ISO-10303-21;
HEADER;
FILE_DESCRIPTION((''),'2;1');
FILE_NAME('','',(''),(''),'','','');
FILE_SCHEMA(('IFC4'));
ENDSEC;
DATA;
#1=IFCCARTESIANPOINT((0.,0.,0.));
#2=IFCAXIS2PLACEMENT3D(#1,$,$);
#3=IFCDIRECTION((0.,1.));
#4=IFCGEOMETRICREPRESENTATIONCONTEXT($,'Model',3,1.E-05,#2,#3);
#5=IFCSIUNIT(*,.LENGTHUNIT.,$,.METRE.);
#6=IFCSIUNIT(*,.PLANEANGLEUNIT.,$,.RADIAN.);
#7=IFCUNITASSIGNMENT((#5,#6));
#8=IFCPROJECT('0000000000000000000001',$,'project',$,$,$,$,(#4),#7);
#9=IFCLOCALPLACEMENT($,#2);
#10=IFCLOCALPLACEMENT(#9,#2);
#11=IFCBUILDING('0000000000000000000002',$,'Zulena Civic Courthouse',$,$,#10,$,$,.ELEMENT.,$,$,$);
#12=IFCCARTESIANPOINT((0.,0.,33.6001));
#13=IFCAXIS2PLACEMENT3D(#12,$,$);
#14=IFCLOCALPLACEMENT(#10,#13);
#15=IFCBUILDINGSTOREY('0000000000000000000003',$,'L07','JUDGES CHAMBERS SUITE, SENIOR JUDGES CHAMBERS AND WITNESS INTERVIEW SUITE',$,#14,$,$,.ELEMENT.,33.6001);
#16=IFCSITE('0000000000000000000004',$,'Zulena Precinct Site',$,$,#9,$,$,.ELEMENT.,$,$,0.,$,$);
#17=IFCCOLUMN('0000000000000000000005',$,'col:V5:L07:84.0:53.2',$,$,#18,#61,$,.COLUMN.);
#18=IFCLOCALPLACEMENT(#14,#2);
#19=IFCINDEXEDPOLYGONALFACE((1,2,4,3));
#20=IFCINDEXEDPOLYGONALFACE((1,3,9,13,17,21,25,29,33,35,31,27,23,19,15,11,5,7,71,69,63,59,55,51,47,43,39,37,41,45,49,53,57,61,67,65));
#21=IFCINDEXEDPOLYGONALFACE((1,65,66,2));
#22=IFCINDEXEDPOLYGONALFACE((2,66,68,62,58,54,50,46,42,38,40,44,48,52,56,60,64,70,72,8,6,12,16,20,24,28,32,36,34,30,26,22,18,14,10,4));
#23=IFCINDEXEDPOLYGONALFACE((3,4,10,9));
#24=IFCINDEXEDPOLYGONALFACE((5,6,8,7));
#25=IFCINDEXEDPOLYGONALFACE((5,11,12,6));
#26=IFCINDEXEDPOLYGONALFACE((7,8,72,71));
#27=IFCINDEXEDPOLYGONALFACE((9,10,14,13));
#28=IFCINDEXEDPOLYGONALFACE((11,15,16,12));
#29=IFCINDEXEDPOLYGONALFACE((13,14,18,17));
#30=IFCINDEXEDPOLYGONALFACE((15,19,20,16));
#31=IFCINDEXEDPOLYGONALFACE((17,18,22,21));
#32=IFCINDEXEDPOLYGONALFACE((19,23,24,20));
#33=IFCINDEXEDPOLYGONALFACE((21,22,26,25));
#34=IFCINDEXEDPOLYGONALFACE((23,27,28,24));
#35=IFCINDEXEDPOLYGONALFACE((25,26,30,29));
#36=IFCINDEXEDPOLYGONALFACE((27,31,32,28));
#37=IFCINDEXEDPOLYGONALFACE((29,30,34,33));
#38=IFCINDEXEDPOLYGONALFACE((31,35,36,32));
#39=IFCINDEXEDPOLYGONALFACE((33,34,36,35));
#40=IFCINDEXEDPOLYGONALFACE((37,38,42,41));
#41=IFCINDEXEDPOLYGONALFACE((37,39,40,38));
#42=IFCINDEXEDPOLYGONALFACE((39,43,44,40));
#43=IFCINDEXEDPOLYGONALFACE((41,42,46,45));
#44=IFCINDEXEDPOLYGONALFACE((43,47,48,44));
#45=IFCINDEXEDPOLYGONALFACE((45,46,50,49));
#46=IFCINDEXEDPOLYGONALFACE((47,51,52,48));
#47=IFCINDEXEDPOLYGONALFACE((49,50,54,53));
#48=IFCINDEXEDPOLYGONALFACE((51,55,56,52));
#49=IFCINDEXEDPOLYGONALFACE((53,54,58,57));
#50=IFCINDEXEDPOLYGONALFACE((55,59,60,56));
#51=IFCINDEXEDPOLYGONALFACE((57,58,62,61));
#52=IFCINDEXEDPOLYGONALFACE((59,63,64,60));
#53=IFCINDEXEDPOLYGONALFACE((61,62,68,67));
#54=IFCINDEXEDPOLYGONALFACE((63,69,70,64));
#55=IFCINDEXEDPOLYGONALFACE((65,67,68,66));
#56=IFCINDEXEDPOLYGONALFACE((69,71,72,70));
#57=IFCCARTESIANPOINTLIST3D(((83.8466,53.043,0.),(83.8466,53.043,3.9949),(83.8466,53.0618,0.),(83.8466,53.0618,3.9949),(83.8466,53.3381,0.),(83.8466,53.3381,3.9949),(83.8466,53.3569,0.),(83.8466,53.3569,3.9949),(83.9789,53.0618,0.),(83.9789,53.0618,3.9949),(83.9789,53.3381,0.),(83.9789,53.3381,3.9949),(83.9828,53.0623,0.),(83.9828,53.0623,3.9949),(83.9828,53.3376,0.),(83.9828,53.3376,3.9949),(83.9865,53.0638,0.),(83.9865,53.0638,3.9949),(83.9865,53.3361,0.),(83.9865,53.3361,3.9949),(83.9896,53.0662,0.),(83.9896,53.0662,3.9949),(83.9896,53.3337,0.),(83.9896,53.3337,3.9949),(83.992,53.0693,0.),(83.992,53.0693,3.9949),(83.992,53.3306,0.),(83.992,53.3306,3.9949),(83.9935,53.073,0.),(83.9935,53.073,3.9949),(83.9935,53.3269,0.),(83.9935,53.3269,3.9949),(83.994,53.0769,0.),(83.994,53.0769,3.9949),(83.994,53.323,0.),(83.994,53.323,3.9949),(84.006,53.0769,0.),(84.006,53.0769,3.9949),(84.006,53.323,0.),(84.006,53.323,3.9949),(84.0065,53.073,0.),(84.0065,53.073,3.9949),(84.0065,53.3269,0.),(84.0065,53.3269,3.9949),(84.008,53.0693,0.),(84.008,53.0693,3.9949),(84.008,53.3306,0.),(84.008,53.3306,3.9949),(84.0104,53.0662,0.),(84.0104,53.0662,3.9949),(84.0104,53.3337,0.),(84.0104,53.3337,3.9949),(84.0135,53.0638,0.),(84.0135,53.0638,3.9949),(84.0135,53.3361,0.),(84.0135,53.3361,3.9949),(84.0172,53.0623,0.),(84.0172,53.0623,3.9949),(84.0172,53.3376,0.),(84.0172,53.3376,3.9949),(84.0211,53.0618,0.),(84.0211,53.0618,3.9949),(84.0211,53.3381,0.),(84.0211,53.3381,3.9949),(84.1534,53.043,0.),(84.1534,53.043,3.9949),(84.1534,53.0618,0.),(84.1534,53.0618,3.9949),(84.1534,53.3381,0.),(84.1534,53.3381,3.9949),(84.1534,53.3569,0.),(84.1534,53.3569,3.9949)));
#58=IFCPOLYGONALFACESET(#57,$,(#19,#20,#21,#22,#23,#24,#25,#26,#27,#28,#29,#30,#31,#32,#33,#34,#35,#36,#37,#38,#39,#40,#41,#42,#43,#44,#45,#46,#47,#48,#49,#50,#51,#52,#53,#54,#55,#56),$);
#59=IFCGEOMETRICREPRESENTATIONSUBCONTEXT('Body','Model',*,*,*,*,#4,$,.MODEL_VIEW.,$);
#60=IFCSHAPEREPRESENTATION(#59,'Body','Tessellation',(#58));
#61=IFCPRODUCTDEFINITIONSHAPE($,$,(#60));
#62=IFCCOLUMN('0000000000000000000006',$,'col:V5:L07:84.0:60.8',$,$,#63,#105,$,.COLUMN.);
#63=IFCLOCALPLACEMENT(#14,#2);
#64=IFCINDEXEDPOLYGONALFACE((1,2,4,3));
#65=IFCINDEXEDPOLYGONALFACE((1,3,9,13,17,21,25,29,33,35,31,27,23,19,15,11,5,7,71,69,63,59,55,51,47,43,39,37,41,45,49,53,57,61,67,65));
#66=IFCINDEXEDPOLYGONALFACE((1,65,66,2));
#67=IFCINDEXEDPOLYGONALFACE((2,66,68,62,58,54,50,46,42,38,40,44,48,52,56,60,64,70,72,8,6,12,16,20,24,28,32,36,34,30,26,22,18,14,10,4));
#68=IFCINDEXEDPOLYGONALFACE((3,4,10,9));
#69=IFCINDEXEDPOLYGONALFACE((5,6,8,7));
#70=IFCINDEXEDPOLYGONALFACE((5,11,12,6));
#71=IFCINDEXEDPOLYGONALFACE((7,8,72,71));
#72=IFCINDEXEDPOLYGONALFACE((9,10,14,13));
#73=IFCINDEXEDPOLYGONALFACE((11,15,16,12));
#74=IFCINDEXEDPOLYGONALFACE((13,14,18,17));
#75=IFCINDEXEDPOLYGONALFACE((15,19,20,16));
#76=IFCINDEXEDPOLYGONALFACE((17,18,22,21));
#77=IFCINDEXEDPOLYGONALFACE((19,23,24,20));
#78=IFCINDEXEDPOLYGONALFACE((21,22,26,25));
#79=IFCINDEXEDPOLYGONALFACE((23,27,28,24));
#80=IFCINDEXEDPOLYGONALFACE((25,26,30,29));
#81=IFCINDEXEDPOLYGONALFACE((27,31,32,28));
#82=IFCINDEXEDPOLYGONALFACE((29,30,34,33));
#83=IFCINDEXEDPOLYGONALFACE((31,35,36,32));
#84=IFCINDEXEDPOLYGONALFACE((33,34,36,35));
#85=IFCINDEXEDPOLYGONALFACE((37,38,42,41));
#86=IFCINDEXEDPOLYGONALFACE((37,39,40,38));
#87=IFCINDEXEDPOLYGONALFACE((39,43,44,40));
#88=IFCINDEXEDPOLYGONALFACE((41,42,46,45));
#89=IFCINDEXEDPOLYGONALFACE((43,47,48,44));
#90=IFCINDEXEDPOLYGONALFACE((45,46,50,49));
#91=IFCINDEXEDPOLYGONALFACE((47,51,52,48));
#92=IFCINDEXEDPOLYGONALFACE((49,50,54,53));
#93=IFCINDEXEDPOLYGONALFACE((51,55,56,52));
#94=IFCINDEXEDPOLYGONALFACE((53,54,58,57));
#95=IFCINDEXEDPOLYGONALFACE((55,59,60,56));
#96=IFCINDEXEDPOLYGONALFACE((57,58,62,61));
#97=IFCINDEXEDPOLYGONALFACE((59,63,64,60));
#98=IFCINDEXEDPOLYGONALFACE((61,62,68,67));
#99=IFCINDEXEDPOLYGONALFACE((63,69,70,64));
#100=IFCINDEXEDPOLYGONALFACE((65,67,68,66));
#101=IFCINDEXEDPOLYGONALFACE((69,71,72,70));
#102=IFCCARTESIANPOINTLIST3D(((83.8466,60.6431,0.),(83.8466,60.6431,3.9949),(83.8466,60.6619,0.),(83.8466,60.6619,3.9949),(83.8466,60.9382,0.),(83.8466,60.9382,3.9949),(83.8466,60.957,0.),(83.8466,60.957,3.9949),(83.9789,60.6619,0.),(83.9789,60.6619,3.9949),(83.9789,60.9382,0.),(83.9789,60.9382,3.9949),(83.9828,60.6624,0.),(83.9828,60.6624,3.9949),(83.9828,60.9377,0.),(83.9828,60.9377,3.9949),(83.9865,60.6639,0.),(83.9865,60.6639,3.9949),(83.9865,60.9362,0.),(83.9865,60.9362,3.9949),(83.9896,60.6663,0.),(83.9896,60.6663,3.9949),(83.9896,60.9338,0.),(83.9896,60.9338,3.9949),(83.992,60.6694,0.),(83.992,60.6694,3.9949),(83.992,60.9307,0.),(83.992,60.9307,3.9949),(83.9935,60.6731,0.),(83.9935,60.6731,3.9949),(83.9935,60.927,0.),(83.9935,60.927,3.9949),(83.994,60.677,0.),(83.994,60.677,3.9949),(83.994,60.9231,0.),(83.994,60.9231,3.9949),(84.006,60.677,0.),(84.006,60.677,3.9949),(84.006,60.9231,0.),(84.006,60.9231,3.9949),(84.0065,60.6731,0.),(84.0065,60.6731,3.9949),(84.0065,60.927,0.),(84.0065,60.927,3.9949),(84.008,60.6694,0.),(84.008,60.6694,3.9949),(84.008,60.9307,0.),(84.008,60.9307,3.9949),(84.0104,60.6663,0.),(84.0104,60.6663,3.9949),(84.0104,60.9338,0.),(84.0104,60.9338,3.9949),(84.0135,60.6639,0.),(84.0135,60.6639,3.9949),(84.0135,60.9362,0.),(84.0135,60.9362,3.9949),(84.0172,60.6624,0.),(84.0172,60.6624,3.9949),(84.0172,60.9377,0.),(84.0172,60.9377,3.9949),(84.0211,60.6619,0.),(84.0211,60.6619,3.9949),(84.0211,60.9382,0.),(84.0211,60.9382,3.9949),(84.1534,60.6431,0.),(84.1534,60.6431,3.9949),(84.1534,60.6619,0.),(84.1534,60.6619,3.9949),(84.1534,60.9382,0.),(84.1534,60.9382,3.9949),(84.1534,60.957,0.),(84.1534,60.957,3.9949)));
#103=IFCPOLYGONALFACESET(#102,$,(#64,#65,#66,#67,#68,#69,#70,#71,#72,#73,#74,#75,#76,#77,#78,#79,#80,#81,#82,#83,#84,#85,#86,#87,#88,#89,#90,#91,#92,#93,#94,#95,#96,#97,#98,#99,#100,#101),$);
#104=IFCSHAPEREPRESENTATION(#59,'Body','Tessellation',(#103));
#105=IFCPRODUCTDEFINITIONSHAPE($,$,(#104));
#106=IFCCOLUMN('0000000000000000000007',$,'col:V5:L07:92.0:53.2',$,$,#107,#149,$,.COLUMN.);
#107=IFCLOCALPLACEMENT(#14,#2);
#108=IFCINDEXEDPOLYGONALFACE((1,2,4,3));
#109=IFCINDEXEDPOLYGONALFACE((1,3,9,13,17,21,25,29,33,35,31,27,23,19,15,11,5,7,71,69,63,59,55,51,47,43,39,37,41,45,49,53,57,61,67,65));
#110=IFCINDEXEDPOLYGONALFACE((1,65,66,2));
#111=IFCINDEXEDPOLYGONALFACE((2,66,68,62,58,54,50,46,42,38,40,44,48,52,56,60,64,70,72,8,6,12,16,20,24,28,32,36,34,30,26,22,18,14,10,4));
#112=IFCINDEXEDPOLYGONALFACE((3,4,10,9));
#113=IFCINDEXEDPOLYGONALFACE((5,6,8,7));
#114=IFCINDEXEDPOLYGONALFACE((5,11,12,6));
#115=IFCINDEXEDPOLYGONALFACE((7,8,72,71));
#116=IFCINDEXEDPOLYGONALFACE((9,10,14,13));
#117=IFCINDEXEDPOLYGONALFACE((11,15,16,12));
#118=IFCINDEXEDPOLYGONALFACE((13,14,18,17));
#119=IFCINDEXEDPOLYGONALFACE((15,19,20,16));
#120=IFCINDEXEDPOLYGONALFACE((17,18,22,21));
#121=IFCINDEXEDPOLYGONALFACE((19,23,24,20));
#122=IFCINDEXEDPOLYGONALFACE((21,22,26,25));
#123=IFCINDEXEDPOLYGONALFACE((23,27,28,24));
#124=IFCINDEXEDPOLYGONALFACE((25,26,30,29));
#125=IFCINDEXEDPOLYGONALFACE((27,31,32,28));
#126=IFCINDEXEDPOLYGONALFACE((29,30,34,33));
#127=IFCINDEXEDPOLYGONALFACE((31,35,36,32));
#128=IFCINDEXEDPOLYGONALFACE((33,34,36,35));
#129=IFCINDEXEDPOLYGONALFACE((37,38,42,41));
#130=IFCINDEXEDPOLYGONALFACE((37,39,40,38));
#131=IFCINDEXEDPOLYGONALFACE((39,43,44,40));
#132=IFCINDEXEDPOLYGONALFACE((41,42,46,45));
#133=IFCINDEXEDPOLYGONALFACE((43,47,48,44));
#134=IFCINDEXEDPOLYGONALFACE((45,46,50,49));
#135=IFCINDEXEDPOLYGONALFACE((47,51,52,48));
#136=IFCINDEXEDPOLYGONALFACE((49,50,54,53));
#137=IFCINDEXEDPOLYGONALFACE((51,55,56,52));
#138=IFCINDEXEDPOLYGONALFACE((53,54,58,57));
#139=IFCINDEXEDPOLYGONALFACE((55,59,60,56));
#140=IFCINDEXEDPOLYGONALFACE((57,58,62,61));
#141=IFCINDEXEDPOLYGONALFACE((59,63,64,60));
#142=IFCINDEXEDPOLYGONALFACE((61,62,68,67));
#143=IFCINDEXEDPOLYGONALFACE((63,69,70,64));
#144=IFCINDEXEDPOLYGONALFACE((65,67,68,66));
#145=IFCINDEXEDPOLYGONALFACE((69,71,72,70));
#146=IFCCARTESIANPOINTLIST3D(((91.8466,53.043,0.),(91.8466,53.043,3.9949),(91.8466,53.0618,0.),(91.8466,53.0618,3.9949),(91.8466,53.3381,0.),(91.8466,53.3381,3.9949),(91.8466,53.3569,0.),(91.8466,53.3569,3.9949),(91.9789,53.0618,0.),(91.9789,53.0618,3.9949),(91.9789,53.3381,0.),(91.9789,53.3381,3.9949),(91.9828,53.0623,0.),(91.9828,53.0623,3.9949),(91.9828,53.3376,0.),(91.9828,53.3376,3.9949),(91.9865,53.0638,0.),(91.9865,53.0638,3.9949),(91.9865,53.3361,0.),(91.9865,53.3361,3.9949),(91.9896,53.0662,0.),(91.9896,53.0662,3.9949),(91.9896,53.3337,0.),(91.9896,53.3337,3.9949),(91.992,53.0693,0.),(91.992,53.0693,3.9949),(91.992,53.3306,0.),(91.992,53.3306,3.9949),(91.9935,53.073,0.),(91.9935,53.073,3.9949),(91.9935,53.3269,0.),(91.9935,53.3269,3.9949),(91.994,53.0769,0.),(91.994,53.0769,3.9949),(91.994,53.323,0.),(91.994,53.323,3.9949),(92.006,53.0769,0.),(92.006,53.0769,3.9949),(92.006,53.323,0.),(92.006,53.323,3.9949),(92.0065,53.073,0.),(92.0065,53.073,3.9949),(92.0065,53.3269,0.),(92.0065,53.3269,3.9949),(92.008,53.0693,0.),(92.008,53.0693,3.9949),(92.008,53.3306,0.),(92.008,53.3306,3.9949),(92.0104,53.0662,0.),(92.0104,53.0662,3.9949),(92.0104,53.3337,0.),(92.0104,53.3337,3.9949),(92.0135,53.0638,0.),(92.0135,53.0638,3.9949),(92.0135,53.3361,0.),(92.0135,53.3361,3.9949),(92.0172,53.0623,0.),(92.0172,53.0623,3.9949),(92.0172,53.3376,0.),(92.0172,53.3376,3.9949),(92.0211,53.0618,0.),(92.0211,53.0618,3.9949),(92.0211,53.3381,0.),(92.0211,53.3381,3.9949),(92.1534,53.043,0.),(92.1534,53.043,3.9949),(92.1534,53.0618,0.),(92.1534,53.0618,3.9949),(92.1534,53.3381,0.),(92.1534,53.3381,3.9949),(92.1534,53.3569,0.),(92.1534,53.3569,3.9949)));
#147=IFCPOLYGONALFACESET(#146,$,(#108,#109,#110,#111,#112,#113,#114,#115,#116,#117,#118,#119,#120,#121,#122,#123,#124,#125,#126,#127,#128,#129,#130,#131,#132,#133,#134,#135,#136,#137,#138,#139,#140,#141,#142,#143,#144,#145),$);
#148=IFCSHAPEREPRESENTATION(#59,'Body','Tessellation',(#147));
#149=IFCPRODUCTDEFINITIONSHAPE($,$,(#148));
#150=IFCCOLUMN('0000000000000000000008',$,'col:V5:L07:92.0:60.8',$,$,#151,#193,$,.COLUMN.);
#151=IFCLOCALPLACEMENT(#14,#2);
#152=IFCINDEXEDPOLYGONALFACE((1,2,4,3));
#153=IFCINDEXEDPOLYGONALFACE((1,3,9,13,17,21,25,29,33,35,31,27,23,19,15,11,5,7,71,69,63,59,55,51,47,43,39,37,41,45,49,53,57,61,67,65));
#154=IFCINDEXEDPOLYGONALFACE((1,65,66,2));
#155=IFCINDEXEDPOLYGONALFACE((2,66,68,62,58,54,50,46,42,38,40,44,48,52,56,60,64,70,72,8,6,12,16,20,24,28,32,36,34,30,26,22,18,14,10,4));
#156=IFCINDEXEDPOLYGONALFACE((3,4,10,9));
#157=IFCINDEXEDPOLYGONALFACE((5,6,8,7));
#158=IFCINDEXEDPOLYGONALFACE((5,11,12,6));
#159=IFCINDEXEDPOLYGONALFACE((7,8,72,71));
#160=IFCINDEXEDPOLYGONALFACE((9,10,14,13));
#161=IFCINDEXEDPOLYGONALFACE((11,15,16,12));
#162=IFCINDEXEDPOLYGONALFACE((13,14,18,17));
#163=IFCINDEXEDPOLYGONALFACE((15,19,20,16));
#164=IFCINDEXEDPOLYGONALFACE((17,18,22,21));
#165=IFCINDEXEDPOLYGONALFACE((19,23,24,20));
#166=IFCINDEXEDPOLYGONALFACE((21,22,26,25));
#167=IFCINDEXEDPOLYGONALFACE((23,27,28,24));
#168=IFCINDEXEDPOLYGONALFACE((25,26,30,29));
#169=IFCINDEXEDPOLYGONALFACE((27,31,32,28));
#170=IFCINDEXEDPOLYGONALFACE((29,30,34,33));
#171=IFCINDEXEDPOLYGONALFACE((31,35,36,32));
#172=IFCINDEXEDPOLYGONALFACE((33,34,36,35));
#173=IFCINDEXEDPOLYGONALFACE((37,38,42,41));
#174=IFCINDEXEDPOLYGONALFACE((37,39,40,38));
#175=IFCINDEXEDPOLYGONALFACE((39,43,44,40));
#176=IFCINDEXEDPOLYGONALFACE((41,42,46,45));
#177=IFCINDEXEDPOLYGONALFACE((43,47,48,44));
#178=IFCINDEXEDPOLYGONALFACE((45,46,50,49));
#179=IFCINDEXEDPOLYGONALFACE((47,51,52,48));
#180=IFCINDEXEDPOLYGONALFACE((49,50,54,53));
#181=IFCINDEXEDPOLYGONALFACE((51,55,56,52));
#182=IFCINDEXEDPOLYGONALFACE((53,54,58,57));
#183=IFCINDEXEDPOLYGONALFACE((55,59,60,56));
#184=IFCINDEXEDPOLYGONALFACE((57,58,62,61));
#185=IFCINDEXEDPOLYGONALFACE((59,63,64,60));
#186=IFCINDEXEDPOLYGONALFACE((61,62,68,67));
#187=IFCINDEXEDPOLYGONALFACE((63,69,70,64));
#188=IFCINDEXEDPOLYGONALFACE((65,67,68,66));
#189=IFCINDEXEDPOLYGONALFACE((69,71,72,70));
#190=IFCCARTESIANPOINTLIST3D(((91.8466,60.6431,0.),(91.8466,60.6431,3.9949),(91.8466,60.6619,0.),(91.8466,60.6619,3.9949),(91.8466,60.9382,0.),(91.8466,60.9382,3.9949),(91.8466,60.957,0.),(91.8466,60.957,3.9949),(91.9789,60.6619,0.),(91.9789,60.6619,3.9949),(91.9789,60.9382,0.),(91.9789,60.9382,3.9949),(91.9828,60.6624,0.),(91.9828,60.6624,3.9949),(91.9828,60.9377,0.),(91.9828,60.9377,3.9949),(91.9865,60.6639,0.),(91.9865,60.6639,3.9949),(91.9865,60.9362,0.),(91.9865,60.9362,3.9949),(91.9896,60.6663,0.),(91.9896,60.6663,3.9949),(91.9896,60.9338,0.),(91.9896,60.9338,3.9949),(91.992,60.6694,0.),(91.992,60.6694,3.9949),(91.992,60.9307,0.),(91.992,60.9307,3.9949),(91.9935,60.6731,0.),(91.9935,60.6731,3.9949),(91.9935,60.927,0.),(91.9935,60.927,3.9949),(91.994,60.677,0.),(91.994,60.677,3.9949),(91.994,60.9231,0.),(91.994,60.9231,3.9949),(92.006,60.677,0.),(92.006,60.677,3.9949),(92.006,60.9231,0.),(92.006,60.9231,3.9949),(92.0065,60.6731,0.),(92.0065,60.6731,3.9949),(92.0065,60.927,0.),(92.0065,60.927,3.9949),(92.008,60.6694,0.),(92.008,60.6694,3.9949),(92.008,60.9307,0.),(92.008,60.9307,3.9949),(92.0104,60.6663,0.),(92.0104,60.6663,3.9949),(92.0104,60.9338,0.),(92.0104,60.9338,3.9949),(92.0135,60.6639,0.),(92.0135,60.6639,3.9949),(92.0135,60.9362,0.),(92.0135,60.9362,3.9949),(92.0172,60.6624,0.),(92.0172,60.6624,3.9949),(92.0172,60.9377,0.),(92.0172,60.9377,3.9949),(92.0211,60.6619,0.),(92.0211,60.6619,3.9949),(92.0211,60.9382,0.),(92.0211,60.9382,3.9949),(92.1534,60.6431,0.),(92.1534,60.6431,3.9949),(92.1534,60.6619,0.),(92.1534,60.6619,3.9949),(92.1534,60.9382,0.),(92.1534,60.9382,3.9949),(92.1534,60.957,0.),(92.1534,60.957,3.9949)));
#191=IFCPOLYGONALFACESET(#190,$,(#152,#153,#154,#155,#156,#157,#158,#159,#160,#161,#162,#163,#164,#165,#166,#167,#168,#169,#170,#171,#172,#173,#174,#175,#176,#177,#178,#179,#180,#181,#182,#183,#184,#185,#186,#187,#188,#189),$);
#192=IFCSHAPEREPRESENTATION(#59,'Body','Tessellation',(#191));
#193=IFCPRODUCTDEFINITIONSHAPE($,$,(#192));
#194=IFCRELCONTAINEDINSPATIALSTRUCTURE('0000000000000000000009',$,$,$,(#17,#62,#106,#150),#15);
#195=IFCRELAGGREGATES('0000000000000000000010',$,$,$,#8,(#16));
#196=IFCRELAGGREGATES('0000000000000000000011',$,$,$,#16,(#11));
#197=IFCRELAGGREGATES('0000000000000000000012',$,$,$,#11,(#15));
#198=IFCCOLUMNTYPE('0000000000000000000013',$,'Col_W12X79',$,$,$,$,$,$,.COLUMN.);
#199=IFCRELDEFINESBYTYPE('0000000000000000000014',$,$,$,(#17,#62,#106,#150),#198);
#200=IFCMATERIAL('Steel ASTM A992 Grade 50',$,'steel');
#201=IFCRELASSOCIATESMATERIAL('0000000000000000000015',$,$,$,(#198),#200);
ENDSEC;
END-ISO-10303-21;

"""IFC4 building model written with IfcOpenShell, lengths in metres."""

from ifc_helpers import new_model, si_unit, direction, frame, origin, origin_2d, place, context, subcontext, project, spatial, i_section, extrude, material, material_profile, profile_set, type_object, element, save


model = new_model("IFC4")

# Units and contexts
model_context = context("Model", 3, precision=1e-05, world=origin(), true_north=direction((0.0, 1.0)))
body_context = subcontext(model_context, "Body", "Model", "MODEL_VIEW")
ifc_project = project(units=[si_unit("LENGTHUNIT", "METRE"), si_unit("PLANEANGLEUNIT", "RADIAN")], contexts=[model_context])

# Site, building, storey
site_placement = place(None, origin())
site = spatial("IfcSite", under=ifc_project, at=site_placement, Name="Zulena Precinct Site", CompositionType="ELEMENT", RefElevation=0.0)
building_placement = place(site_placement, origin())
building = spatial("IfcBuilding", under=site, at=building_placement, Name="Zulena Civic Courthouse", CompositionType="ELEMENT")
storey_placement = place(building_placement, frame((0.0, 0.0, 33.6001)))
storey = spatial("IfcBuildingStorey", under=building, at=storey_placement, Name="L07", Description="JUDGES CHAMBERS SUITE, SENIOR JUDGES CHAMBERS AND WITNESS INTERVIEW SUITE", CompositionType="ELEMENT", Elevation=33.6001)

# Columns
ifc_material_1 = material(Name="Steel ASTM A992 Grade 50", Category="steel")
ifc_material_profile_1 = material_profile(ifc_material_1, i_section(OverallWidth=0.3069, OverallDepth=0.314, WebThickness=0.012, FlangeThickness=0.0188, FilletRadius=0.0151, at=origin_2d()), Name="W12X79")
ifc_profile_set_1 = profile_set([ifc_material_profile_1], Name="Steel ASTM A992 Grade 50")
column_type_1 = type_object("IfcColumnType", Name="Col_W12X79", PredefinedType="COLUMN", material=ifc_profile_set_1)
for number, where, z_axis, x_axis, name in (
    (1, (84.0, 53.2, 0.0), (0.0, 0.0, 1.0), (1.0, 0.0, 0.0), "col:V5:L07:84.0:53.2"),
    (2, (84.0, 60.8, 0.0), (0.0, 0.0, 1.0), (1.0, 0.0, 0.0), "col:V5:L07:84.0:60.8"),
    (3, (92.0, 53.2, 0.0), (0.0, 0.0, 1.0), (1.0, 0.0, 0.0), "col:V5:L07:92.0:53.2"),
    (4, (92.0, 60.8, 0.0), (0.0, 0.0, 1.0), (1.0, 0.0, 0.0), "col:V5:L07:92.0:60.8"),
):
    element("IfcColumn", number, at=place(storey_placement, frame(where, z_axis=z_axis, x_axis=x_axis)), inside=storey, type_object=column_type_1, Name=name, PredefinedType="COLUMN", context=body_context, shape_type="SweptSolid", body=[
        extrude(i_section(OverallWidth=0.3069, OverallDepth=0.314, WebThickness=0.012, FlangeThickness=0.0188, FilletRadius=0.0151, at=origin_2d()), origin(), (0.0, 0.0, 1.0), 3.9949),
    ])

save(model, "model.ifc")
